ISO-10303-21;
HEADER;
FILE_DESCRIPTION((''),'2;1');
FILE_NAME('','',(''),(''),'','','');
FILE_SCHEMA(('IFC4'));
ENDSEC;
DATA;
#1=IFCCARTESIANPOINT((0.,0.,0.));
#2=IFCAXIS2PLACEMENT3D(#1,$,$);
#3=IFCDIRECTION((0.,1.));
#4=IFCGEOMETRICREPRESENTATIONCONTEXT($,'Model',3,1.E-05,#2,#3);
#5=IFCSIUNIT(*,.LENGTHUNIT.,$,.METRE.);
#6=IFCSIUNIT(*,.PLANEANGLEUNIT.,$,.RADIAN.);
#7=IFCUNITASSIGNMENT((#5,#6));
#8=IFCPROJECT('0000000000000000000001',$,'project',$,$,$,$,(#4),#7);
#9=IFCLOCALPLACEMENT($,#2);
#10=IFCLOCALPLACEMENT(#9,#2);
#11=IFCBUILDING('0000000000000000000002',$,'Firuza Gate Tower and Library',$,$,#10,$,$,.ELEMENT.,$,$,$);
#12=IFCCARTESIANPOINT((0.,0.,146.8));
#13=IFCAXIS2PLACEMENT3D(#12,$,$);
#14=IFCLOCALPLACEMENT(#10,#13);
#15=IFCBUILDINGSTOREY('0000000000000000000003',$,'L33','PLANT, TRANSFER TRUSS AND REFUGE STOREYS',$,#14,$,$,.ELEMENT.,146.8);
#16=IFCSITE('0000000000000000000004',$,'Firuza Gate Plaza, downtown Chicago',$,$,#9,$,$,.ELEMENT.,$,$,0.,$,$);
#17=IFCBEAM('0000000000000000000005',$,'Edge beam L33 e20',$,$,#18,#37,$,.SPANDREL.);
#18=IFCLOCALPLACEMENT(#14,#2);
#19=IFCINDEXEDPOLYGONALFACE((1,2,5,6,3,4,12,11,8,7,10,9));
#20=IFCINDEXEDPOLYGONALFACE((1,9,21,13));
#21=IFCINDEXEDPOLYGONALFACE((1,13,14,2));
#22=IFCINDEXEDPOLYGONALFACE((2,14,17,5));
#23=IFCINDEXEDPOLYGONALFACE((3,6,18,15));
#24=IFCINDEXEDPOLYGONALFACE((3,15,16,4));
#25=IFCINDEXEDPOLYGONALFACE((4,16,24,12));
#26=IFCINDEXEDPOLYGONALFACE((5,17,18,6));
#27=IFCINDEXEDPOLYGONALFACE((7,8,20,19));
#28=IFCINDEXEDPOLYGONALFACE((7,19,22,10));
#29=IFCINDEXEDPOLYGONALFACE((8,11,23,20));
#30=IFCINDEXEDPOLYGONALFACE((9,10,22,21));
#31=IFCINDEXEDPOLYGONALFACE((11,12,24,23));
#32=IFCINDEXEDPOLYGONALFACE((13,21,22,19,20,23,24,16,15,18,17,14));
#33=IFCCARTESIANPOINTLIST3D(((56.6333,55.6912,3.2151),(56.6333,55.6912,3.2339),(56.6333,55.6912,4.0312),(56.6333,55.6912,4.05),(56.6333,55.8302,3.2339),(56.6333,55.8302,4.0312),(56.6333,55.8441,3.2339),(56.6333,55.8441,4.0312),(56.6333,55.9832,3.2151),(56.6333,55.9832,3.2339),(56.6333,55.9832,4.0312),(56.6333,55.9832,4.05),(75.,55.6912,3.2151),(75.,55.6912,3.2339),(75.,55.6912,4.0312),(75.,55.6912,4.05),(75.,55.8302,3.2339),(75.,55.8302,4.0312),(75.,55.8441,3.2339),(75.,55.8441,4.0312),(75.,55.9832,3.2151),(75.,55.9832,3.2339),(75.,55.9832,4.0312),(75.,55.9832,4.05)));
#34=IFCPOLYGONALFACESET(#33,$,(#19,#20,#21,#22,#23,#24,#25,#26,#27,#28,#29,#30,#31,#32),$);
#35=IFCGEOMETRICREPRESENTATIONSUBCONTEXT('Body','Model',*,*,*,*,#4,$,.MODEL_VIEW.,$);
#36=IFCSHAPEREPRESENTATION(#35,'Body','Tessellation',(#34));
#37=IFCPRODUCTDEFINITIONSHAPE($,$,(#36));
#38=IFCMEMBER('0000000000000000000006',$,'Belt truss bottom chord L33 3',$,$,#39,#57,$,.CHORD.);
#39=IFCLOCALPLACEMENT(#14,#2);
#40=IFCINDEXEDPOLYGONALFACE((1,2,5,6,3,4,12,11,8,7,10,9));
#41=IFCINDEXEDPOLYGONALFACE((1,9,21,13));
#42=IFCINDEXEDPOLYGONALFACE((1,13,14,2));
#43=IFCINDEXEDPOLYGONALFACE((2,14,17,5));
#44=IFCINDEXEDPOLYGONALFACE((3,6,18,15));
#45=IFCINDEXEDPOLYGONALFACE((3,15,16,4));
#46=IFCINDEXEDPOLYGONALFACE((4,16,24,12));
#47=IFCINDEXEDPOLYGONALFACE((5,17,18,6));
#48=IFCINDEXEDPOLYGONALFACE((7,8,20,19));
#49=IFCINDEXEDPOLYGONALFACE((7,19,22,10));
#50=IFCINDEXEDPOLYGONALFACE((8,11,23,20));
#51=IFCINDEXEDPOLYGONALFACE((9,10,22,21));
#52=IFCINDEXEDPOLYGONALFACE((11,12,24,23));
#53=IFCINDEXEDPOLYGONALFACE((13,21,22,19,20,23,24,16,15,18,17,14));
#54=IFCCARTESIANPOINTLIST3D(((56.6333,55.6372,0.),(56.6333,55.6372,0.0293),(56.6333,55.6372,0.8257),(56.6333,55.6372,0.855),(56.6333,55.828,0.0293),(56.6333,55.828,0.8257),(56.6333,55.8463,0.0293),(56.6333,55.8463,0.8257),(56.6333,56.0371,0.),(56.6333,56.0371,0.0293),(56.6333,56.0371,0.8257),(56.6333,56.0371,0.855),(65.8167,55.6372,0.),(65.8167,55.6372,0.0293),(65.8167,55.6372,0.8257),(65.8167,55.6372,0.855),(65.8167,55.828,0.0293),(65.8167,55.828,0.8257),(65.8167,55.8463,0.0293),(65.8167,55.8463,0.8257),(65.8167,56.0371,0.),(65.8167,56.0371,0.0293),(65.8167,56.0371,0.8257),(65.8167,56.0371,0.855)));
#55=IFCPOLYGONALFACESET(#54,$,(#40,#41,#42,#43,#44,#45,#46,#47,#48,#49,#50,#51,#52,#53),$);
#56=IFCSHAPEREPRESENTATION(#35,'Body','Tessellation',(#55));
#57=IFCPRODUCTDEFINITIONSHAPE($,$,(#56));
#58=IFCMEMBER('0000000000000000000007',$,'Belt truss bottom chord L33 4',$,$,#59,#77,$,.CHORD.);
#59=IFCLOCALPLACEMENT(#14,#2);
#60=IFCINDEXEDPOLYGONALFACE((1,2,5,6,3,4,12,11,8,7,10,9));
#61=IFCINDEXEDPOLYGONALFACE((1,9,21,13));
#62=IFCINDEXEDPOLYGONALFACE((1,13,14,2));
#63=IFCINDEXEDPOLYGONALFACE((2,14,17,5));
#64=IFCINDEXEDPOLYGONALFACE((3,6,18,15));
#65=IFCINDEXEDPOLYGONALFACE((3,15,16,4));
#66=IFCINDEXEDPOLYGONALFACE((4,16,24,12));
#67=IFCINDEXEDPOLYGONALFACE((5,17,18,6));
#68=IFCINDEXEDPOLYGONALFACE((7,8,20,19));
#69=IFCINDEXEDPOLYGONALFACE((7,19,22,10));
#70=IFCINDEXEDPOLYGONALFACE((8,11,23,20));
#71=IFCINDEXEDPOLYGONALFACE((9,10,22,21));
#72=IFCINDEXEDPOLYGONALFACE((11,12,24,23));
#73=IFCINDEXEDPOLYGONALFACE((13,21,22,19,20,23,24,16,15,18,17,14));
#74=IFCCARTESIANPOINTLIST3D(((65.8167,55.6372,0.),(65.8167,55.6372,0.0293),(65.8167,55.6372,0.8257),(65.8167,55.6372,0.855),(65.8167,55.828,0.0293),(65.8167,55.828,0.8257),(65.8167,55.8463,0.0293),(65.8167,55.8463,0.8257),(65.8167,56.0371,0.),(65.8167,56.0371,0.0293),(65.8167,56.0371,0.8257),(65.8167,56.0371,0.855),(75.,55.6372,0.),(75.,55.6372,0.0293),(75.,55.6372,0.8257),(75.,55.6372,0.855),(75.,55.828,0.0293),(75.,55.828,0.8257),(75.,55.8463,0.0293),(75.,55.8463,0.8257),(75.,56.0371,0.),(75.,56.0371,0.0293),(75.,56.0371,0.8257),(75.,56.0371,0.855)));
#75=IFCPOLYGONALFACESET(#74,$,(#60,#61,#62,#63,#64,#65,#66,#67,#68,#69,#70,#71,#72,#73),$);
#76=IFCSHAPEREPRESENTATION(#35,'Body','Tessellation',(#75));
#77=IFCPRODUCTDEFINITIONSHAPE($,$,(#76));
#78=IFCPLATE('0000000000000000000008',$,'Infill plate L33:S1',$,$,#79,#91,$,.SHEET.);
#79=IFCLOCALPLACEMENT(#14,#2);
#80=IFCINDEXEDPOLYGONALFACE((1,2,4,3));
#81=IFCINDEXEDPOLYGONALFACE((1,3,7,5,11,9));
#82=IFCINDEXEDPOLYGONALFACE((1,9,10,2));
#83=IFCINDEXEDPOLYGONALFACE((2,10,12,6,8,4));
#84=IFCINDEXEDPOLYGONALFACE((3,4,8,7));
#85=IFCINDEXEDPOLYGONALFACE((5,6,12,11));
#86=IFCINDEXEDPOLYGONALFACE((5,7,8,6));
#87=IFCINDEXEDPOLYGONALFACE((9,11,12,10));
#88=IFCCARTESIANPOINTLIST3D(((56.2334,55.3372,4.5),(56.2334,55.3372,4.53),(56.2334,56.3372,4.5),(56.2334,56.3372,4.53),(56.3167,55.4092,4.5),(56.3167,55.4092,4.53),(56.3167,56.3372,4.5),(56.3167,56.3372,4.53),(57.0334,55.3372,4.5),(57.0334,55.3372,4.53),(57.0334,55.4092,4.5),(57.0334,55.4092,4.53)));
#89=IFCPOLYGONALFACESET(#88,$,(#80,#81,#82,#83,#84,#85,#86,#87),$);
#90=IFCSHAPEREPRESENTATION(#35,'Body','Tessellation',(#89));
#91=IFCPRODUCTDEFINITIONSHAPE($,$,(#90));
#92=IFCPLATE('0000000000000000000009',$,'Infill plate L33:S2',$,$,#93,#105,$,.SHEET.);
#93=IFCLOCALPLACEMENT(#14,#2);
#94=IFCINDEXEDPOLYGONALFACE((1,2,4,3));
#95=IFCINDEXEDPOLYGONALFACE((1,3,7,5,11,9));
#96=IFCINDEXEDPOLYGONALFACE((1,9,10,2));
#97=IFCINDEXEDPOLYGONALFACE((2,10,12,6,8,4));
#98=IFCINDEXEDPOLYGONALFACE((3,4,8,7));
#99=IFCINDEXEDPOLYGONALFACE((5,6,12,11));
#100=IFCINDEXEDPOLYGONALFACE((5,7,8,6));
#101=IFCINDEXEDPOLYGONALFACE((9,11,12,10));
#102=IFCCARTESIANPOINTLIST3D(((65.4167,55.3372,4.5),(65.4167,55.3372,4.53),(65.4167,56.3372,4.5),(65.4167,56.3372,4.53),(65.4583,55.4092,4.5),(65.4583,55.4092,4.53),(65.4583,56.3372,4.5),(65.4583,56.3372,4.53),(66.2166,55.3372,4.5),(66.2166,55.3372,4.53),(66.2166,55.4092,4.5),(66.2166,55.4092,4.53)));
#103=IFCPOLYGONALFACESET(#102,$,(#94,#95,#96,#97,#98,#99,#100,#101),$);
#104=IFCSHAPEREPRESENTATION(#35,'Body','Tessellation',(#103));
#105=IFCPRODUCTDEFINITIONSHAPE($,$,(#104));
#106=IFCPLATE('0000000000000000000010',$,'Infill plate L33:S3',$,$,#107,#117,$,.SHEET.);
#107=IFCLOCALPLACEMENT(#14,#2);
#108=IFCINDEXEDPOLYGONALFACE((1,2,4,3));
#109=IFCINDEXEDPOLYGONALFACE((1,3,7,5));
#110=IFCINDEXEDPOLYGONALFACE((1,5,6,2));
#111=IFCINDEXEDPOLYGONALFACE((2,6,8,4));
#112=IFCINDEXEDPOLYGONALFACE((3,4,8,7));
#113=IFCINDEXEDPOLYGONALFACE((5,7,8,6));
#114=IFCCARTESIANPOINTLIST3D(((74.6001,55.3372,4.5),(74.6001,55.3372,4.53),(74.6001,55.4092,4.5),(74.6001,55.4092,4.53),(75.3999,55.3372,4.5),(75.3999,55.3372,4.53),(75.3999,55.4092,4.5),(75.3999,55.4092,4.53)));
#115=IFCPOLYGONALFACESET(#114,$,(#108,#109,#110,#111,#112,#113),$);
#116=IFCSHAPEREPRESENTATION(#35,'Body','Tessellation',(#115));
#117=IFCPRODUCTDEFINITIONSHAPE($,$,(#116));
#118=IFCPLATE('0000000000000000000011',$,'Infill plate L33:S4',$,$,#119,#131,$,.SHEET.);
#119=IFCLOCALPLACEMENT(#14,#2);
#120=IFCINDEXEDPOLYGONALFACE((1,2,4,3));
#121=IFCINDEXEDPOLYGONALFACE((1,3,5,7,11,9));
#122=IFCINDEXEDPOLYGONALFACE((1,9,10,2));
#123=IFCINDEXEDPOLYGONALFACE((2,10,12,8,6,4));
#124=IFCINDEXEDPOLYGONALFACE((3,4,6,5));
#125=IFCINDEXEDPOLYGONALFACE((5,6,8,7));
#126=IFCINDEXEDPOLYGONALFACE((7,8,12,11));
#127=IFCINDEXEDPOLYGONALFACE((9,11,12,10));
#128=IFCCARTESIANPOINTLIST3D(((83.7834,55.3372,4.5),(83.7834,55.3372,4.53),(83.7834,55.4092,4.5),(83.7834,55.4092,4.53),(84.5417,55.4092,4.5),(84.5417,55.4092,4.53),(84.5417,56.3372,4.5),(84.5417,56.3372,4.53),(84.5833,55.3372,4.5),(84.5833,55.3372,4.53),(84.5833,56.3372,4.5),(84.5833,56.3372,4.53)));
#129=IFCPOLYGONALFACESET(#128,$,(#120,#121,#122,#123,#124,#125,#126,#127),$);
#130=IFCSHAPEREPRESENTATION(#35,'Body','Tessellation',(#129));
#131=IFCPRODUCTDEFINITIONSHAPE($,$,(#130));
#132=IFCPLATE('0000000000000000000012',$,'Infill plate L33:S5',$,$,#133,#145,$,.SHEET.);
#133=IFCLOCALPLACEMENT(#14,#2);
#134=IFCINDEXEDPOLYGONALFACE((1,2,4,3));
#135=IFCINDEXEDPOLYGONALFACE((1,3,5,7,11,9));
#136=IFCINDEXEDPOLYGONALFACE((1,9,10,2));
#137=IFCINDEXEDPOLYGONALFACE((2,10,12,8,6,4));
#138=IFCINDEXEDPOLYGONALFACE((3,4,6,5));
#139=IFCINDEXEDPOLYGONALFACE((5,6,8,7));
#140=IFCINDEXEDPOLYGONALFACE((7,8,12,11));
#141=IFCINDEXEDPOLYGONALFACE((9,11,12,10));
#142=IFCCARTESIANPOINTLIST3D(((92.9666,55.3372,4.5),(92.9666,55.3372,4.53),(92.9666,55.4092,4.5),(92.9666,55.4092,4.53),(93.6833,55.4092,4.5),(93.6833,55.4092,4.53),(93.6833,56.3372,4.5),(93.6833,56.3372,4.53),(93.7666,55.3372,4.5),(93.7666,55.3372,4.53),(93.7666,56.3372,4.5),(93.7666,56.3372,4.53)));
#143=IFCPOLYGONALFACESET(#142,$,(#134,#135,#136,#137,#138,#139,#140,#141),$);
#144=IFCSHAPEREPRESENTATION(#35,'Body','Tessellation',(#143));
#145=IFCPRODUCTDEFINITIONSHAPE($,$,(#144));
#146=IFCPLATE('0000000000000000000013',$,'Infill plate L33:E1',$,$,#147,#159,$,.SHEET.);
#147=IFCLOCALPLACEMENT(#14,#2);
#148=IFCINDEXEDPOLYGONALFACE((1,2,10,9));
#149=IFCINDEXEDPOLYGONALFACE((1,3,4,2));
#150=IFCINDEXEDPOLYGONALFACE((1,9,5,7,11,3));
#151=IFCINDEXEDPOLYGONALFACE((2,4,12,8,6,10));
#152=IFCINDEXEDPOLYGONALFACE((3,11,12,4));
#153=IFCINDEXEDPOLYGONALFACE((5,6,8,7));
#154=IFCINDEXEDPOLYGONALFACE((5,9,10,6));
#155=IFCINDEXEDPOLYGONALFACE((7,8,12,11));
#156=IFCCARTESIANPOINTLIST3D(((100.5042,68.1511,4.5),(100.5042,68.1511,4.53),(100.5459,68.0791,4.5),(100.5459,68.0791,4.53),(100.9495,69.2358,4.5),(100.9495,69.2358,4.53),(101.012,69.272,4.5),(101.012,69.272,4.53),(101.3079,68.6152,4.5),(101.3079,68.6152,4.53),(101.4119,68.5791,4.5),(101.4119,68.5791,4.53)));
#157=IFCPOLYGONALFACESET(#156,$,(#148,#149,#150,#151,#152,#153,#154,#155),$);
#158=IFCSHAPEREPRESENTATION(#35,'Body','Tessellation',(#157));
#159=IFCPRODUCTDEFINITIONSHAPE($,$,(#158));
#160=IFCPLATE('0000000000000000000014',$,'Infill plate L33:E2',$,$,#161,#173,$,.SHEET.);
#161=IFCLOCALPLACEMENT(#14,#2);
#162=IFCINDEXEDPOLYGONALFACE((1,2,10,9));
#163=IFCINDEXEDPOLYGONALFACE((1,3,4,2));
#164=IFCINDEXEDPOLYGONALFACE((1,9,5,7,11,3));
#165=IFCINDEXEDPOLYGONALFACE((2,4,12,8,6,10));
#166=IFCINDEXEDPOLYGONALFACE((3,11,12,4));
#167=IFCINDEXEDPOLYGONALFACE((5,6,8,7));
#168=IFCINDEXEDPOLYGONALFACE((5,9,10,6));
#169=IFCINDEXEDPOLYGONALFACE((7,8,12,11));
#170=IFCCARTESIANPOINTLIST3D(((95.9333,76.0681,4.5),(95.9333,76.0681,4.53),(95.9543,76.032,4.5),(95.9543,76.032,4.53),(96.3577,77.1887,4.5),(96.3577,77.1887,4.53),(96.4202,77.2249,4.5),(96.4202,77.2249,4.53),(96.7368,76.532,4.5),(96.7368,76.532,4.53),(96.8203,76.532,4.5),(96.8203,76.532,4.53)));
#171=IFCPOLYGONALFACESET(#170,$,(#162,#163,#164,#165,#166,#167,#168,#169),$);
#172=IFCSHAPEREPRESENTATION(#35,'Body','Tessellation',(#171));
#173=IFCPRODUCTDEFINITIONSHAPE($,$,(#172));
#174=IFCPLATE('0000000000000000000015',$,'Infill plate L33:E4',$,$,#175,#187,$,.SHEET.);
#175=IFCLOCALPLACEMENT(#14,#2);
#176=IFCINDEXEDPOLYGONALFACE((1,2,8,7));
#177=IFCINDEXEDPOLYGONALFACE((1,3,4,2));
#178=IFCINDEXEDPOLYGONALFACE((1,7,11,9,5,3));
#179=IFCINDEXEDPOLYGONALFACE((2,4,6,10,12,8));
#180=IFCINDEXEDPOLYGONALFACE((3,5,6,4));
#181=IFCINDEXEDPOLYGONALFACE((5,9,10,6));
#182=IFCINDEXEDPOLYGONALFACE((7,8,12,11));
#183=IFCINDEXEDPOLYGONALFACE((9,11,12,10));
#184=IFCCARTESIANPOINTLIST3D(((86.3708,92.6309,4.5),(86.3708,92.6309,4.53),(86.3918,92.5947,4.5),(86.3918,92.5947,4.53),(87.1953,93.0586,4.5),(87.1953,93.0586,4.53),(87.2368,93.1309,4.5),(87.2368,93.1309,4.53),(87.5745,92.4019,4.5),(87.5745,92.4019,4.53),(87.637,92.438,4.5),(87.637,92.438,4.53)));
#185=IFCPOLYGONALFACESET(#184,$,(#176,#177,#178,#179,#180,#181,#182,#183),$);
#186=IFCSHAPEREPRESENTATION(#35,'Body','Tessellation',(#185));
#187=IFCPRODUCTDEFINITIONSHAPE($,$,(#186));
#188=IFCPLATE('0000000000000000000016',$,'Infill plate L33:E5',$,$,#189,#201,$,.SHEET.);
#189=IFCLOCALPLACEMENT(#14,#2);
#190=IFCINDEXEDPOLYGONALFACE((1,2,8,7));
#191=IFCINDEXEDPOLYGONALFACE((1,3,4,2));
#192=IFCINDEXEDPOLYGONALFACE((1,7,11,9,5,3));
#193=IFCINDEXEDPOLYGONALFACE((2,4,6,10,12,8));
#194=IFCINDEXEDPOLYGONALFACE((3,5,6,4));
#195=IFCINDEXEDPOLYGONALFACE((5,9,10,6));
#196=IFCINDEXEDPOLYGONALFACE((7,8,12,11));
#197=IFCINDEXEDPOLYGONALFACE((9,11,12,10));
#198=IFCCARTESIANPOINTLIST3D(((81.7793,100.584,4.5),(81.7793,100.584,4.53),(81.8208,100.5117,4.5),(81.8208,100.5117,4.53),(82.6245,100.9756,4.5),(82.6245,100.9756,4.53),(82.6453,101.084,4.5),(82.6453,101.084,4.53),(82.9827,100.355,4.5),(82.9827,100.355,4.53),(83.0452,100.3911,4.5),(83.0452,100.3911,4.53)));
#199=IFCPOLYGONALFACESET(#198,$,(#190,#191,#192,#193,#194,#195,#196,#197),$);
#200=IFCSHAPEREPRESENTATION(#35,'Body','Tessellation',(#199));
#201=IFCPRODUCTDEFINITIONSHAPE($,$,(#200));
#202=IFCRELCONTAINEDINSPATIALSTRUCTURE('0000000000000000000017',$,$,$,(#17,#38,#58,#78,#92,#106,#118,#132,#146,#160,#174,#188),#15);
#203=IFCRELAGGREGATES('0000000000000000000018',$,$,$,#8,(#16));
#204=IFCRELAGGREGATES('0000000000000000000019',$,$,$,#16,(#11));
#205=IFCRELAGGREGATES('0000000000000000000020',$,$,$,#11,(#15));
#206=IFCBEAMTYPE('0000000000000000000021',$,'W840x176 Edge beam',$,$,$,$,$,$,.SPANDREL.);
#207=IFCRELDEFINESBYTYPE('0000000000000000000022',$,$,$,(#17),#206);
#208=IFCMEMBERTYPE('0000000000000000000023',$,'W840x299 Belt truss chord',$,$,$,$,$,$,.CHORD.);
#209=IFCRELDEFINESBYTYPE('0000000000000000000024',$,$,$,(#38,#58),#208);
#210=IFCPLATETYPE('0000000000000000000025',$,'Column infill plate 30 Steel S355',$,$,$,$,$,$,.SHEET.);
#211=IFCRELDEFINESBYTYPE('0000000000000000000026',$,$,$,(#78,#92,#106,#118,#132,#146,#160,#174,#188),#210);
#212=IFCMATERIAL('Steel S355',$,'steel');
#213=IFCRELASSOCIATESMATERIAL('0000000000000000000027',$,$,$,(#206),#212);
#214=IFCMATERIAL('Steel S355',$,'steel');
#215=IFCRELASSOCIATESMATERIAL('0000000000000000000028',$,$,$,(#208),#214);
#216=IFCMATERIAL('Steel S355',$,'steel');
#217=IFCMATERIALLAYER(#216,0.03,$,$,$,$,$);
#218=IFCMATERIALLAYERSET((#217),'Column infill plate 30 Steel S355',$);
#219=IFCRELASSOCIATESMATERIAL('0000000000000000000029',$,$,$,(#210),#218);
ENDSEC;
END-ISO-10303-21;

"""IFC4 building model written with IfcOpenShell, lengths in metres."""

from ifc_helpers import new_model, si_unit, direction, frame, origin, origin_2d, place, context, subcontext, project, spatial, polyline, i_section, outline, extrude, material, layer, layer_set, material_profile, profile_set, type_object, element, save


model = new_model("IFC4")

# Units and contexts
model_context = context("Model", 3, precision=1e-05, world=origin(), true_north=direction((0.0, 1.0)))
body_context = subcontext(model_context, "Body", "Model", "MODEL_VIEW")
ifc_project = project(units=[si_unit("LENGTHUNIT", "METRE"), si_unit("PLANEANGLEUNIT", "RADIAN")], contexts=[model_context])

# Site, building, storey
site_placement = place(None, origin())
site = spatial("IfcSite", under=ifc_project, at=site_placement, Name="Firuza Gate Plaza, downtown Chicago", CompositionType="ELEMENT", RefElevation=0.0)
building_placement = place(site_placement, origin())
building = spatial("IfcBuilding", under=site, at=building_placement, Name="Firuza Gate Tower and Library", CompositionType="ELEMENT")
storey_placement = place(building_placement, frame((0.0, 0.0, 146.8)))
storey = spatial("IfcBuildingStorey", under=building, at=storey_placement, Name="L33", Description="PLANT, TRANSFER TRUSS AND REFUGE STOREYS", CompositionType="ELEMENT", Elevation=146.8)

# Beam
ifc_material_1 = material(Name="Steel S355", Category="steel")
ifc_material_profile_1 = material_profile(ifc_material_1, i_section(OverallWidth=0.292, OverallDepth=0.835, WebThickness=0.0139, FlangeThickness=0.0188, at=origin_2d()))
ifc_profile_set_1 = profile_set([ifc_material_profile_1], Name="Steel S355")
beam_type_1 = type_object("IfcBeamType", Name="W840x176 Edge beam", PredefinedType="SPANDREL", material=ifc_profile_set_1)
beam_1_placement = place(storey_placement, frame((56.6333, 55.8372, 3.6326), z_axis=(1.0, 0.0, 0.0), x_axis=(0.0, 1.0, 0.0)))
element("IfcBeam", 1, at=beam_1_placement, inside=storey, type_object=beam_type_1, Name="Edge beam L33 e20", PredefinedType="SPANDREL", context=body_context, shape_type="SweptSolid", body=[
    extrude(i_section(OverallWidth=0.292, OverallDepth=0.835, WebThickness=0.0139, FlangeThickness=0.0188, at=origin_2d()), origin(), (0.0, 0.0, 1.0), 18.3667),
])

# Members
ifc_material_2 = material(Name="Steel S355", Category="steel")
ifc_material_profile_2 = material_profile(ifc_material_2, i_section(OverallWidth=0.3999, OverallDepth=0.855, WebThickness=0.0183, FlangeThickness=0.0293, at=origin_2d()))
ifc_profile_set_2 = profile_set([ifc_material_profile_2], Name="Steel S355")
member_type_1 = type_object("IfcMemberType", Name="W840x299 Belt truss chord", PredefinedType="CHORD", material=ifc_profile_set_2)
for number, where, z_axis, x_axis, name in (
    (2, (56.6333, 55.8372, 0.4275), (1.0, 0.0, 0.0), (0.0, 1.0, 0.0), "Belt truss bottom chord L33 3"),
    (3, (65.8167, 55.8372, 0.4275), (1.0, 0.0, 0.0), (0.0, 1.0, 0.0), "Belt truss bottom chord L33 4"),
):
    element("IfcMember", number, at=place(storey_placement, frame(where, z_axis=z_axis, x_axis=x_axis)), inside=storey, type_object=member_type_1, Name=name, PredefinedType="CHORD", context=body_context, shape_type="SweptSolid", body=[
        extrude(i_section(OverallWidth=0.3999, OverallDepth=0.855, WebThickness=0.0183, FlangeThickness=0.0293, at=origin_2d()), origin(), (0.0, 0.0, 1.0), 9.1833),
    ])

# Plates
ifc_material_3 = material(Name="Steel S355", Category="steel")
ifc_layer_1 = layer(ifc_material_3, 0.03)
ifc_layer_set_1 = layer_set([ifc_layer_1], Name="Column infill plate 30 Steel S355")
plate_type = type_object("IfcPlateType", Name="Column infill plate 30 Steel S355", PredefinedType="SHEET", material=ifc_layer_set_1)
placement_1 = place(storey_placement, frame((0.0, 0.0, 4.5)))
element("IfcPlate", 4, at=placement_1, inside=storey, type_object=plate_type, Name="Infill plate L33:S1", PredefinedType="SHEET", context=body_context, shape_type="SweptSolid", body=[
    extrude(outline(polyline([(57.0334, 55.3372), (57.0334, 55.4092), (56.3167, 55.4092), (56.3167, 56.3372), (56.2334, 56.3372), (56.2334, 55.3372), (57.0334, 55.3372)])), origin(), (0.0, 0.0, 1.0), 0.03),
])
element("IfcPlate", 5, at=placement_1, inside=storey, type_object=plate_type, Name="Infill plate L33:S2", PredefinedType="SHEET", context=body_context, shape_type="SweptSolid", body=[
    extrude(outline(polyline([(66.2166, 55.3372), (66.2166, 55.4092), (65.4583, 55.4092), (65.4583, 56.3372), (65.4167, 56.3372), (65.4167, 55.3372), (66.2166, 55.3372)])), origin(), (0.0, 0.0, 1.0), 0.03),
])
element("IfcPlate", 6, at=placement_1, inside=storey, type_object=plate_type, Name="Infill plate L33:S3", PredefinedType="SHEET", context=body_context, shape_type="SweptSolid", body=[
    extrude(outline(polyline([(75.3999, 55.3372), (75.3999, 55.4092), (74.6001, 55.4092), (74.6001, 55.3372), (75.3999, 55.3372)])), origin(), (0.0, 0.0, 1.0), 0.03),
])
element("IfcPlate", 7, at=placement_1, inside=storey, type_object=plate_type, Name="Infill plate L33:S4", PredefinedType="SHEET", context=body_context, shape_type="SweptSolid", body=[
    extrude(outline(polyline([(84.5833, 56.3372), (84.5417, 56.3372), (84.5417, 55.4092), (83.7834, 55.4092), (83.7834, 55.3372), (84.5833, 55.3372), (84.5833, 56.3372)])), origin(), (0.0, 0.0, 1.0), 0.03),
])
element("IfcPlate", 8, at=placement_1, inside=storey, type_object=plate_type, Name="Infill plate L33:S5", PredefinedType="SHEET", context=body_context, shape_type="SweptSolid", body=[
    extrude(outline(polyline([(93.7666, 56.3372), (93.6833, 56.3372), (93.6833, 55.4092), (92.9666, 55.4092), (92.9666, 55.3372), (93.7666, 55.3372), (93.7666, 56.3372)])), origin(), (0.0, 0.0, 1.0), 0.03),
])
element("IfcPlate", 9, at=placement_1, inside=storey, type_object=plate_type, Name="Infill plate L33:E1", PredefinedType="SHEET", context=body_context, shape_type="SweptSolid", body=[
    extrude(outline(polyline([(101.012, 69.272), (100.9495, 69.2358), (101.3079, 68.6152), (100.5042, 68.1511), (100.5459, 68.0791), (101.4119, 68.5791), (101.012, 69.272)])), origin(), (0.0, 0.0, 1.0), 0.03),
])
element("IfcPlate", 10, at=placement_1, inside=storey, type_object=plate_type, Name="Infill plate L33:E2", PredefinedType="SHEET", context=body_context, shape_type="SweptSolid", body=[
    extrude(outline(polyline([(96.4202, 77.2249), (96.3577, 77.1887), (96.7368, 76.532), (95.9333, 76.0681), (95.9543, 76.032), (96.8203, 76.532), (96.4202, 77.2249)])), origin(), (0.0, 0.0, 1.0), 0.03),
])
element("IfcPlate", 11, at=placement_1, inside=storey, type_object=plate_type, Name="Infill plate L33:E4", PredefinedType="SHEET", context=body_context, shape_type="SweptSolid", body=[
    extrude(outline(polyline([(86.3708, 92.6309), (86.3918, 92.5947), (87.1953, 93.0586), (87.5745, 92.4019), (87.637, 92.438), (87.2368, 93.1309), (86.3708, 92.6309)])), origin(), (0.0, 0.0, 1.0), 0.03),
])
element("IfcPlate", 12, at=placement_1, inside=storey, type_object=plate_type, Name="Infill plate L33:E5", PredefinedType="SHEET", context=body_context, shape_type="SweptSolid", body=[
    extrude(outline(polyline([(81.7793, 100.584), (81.8208, 100.5117), (82.6245, 100.9756), (82.9827, 100.355), (83.0452, 100.3911), (82.6453, 101.084), (81.7793, 100.584)])), origin(), (0.0, 0.0, 1.0), 0.03),
])

save(model, "model.ifc")
